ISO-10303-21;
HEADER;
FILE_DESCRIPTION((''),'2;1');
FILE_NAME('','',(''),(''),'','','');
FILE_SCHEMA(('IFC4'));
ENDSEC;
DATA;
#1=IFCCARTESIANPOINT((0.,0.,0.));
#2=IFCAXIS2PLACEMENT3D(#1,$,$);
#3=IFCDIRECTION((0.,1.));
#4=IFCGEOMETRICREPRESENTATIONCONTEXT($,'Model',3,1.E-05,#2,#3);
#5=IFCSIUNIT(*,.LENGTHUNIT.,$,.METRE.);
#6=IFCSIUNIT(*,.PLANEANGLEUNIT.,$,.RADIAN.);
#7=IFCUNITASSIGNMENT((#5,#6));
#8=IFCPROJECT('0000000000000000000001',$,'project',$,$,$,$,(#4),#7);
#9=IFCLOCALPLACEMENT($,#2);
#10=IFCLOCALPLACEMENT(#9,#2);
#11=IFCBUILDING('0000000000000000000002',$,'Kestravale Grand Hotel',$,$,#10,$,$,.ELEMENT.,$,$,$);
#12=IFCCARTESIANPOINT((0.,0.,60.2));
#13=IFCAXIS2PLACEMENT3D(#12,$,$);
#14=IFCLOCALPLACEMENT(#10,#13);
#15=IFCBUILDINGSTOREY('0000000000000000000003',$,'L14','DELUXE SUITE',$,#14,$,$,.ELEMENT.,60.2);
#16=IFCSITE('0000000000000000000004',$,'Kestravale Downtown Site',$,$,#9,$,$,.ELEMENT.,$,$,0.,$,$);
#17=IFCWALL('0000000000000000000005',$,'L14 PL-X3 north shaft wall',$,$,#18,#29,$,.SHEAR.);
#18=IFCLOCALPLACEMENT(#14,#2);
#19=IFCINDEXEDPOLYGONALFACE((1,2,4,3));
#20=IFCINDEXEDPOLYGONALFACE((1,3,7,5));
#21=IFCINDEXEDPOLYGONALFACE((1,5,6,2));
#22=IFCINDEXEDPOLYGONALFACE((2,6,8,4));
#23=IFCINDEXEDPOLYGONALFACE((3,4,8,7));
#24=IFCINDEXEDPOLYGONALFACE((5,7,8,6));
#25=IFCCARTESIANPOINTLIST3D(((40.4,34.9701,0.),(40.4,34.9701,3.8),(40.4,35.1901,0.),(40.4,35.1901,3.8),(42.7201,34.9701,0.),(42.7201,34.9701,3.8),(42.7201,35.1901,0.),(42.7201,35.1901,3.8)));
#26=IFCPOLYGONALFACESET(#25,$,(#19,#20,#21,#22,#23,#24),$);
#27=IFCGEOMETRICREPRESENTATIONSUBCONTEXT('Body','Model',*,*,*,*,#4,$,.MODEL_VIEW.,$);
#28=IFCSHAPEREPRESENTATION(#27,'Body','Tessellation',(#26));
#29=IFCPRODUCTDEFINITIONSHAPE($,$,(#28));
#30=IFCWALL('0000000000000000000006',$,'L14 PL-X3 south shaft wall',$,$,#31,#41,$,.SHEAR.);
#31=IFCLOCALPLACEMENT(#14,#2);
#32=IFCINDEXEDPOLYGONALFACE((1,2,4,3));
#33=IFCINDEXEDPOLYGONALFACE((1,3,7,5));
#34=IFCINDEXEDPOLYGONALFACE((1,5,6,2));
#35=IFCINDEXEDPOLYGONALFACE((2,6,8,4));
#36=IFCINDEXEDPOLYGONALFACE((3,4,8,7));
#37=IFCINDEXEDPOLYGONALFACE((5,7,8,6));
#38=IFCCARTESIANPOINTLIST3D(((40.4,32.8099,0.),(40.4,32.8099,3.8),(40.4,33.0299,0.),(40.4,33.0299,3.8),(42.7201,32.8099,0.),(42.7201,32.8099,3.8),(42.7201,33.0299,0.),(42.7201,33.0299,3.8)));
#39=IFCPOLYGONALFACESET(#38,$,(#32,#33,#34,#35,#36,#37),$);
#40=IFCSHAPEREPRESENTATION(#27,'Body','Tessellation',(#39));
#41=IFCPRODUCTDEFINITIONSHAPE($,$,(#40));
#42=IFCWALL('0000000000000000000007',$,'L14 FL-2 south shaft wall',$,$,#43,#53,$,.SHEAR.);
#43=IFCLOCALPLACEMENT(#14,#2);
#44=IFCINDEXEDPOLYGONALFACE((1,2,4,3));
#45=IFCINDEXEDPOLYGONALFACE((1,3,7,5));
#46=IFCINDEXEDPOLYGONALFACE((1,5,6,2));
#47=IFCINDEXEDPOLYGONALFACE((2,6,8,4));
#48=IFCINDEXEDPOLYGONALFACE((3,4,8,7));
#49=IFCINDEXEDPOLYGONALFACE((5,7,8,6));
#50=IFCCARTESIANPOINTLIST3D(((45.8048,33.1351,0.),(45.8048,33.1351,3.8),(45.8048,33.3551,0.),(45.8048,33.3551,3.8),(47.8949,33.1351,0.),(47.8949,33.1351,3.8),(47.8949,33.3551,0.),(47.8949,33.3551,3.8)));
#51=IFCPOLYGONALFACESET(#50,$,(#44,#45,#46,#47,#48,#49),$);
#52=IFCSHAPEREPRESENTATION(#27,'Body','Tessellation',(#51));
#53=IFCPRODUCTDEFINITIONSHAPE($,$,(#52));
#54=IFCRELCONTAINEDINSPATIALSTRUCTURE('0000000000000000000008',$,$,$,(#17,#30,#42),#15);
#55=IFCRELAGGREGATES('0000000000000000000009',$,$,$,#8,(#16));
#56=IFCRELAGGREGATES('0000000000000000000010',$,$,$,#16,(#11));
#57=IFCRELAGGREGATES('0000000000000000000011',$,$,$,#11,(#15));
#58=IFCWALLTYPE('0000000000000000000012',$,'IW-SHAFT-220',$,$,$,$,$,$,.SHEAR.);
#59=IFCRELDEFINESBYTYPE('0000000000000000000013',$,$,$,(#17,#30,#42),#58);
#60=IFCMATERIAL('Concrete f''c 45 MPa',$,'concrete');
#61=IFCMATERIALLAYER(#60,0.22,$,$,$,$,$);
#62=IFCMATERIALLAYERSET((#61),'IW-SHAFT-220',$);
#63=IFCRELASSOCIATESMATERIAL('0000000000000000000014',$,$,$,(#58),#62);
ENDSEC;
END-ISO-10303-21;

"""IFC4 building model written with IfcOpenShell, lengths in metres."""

from ifc_helpers import new_model, si_unit, direction, frame, frame_2d, origin, place, context, subcontext, project, spatial, rectangle, extrude, material, layer, layer_set, type_object, element, save


model = new_model("IFC4")

# Units and contexts
model_context = context("Model", 3, precision=1e-05, world=origin(), true_north=direction((0.0, 1.0)))
body_context = subcontext(model_context, "Body", "Model", "MODEL_VIEW")
ifc_project = project(units=[si_unit("LENGTHUNIT", "METRE"), si_unit("PLANEANGLEUNIT", "RADIAN")], contexts=[model_context])

# Site, building, storey
site_placement = place(None, origin())
site = spatial("IfcSite", under=ifc_project, at=site_placement, Name="Kestravale Downtown Site", CompositionType="ELEMENT", RefElevation=0.0)
building_placement = place(site_placement, origin())
building = spatial("IfcBuilding", under=site, at=building_placement, Name="Kestravale Grand Hotel", CompositionType="ELEMENT")
storey_placement = place(building_placement, frame((0.0, 0.0, 60.2)))
storey = spatial("IfcBuildingStorey", under=building, at=storey_placement, Name="L14", Description="DELUXE SUITE", CompositionType="ELEMENT", Elevation=60.2)

# Walls
ifc_material_1 = material(Name="Concrete f'c 45 MPa", Category="concrete")
ifc_layer_1 = layer(ifc_material_1, 0.22)
ifc_layer_set_1 = layer_set([ifc_layer_1], Name="IW-SHAFT-220")
wall_type_1 = type_object("IfcWallType", Name="IW-SHAFT-220", PredefinedType="SHEAR", material=ifc_layer_set_1)
for number, where, z_axis, x_axis, name in (
    (1, (40.3999, 35.0801, 0.0), (0.0, 0.0, 1.0), (1.0, 0.0, 0.0), "L14 PL-X3 north shaft wall"),
    (2, (40.3999, 32.9199, 0.0), (0.0, 0.0, 1.0), (1.0, 0.0, 0.0), "L14 PL-X3 south shaft wall"),
):
    element("IfcWall", number, at=place(storey_placement, frame(where, z_axis=z_axis, x_axis=x_axis)), inside=storey, type_object=wall_type_1, Name=name, PredefinedType="SHEAR", context=body_context, shape_type="SweptSolid", body=[
        extrude(rectangle(XDim=2.3201, YDim=0.22, at=frame_2d((1.1602, 0.0))), origin(), (0.0, 0.0, 1.0), 3.8),
    ])

# Wall
wall_1_placement = place(storey_placement, frame((45.8049, 33.2451, 0.0), z_axis=(0.0, 0.0, 1.0), x_axis=(1.0, 0.0, 0.0)))
element("IfcWall", 3, at=wall_1_placement, inside=storey, type_object=wall_type_1, Name="L14 FL-2 south shaft wall", PredefinedType="SHEAR", context=body_context, shape_type="SweptSolid", body=[
    extrude(rectangle(XDim=2.0901, YDim=0.22, at=frame_2d((1.0449, 0.0))), origin(), (0.0, 0.0, 1.0), 3.8),
])

save(model, "model.ifc")
